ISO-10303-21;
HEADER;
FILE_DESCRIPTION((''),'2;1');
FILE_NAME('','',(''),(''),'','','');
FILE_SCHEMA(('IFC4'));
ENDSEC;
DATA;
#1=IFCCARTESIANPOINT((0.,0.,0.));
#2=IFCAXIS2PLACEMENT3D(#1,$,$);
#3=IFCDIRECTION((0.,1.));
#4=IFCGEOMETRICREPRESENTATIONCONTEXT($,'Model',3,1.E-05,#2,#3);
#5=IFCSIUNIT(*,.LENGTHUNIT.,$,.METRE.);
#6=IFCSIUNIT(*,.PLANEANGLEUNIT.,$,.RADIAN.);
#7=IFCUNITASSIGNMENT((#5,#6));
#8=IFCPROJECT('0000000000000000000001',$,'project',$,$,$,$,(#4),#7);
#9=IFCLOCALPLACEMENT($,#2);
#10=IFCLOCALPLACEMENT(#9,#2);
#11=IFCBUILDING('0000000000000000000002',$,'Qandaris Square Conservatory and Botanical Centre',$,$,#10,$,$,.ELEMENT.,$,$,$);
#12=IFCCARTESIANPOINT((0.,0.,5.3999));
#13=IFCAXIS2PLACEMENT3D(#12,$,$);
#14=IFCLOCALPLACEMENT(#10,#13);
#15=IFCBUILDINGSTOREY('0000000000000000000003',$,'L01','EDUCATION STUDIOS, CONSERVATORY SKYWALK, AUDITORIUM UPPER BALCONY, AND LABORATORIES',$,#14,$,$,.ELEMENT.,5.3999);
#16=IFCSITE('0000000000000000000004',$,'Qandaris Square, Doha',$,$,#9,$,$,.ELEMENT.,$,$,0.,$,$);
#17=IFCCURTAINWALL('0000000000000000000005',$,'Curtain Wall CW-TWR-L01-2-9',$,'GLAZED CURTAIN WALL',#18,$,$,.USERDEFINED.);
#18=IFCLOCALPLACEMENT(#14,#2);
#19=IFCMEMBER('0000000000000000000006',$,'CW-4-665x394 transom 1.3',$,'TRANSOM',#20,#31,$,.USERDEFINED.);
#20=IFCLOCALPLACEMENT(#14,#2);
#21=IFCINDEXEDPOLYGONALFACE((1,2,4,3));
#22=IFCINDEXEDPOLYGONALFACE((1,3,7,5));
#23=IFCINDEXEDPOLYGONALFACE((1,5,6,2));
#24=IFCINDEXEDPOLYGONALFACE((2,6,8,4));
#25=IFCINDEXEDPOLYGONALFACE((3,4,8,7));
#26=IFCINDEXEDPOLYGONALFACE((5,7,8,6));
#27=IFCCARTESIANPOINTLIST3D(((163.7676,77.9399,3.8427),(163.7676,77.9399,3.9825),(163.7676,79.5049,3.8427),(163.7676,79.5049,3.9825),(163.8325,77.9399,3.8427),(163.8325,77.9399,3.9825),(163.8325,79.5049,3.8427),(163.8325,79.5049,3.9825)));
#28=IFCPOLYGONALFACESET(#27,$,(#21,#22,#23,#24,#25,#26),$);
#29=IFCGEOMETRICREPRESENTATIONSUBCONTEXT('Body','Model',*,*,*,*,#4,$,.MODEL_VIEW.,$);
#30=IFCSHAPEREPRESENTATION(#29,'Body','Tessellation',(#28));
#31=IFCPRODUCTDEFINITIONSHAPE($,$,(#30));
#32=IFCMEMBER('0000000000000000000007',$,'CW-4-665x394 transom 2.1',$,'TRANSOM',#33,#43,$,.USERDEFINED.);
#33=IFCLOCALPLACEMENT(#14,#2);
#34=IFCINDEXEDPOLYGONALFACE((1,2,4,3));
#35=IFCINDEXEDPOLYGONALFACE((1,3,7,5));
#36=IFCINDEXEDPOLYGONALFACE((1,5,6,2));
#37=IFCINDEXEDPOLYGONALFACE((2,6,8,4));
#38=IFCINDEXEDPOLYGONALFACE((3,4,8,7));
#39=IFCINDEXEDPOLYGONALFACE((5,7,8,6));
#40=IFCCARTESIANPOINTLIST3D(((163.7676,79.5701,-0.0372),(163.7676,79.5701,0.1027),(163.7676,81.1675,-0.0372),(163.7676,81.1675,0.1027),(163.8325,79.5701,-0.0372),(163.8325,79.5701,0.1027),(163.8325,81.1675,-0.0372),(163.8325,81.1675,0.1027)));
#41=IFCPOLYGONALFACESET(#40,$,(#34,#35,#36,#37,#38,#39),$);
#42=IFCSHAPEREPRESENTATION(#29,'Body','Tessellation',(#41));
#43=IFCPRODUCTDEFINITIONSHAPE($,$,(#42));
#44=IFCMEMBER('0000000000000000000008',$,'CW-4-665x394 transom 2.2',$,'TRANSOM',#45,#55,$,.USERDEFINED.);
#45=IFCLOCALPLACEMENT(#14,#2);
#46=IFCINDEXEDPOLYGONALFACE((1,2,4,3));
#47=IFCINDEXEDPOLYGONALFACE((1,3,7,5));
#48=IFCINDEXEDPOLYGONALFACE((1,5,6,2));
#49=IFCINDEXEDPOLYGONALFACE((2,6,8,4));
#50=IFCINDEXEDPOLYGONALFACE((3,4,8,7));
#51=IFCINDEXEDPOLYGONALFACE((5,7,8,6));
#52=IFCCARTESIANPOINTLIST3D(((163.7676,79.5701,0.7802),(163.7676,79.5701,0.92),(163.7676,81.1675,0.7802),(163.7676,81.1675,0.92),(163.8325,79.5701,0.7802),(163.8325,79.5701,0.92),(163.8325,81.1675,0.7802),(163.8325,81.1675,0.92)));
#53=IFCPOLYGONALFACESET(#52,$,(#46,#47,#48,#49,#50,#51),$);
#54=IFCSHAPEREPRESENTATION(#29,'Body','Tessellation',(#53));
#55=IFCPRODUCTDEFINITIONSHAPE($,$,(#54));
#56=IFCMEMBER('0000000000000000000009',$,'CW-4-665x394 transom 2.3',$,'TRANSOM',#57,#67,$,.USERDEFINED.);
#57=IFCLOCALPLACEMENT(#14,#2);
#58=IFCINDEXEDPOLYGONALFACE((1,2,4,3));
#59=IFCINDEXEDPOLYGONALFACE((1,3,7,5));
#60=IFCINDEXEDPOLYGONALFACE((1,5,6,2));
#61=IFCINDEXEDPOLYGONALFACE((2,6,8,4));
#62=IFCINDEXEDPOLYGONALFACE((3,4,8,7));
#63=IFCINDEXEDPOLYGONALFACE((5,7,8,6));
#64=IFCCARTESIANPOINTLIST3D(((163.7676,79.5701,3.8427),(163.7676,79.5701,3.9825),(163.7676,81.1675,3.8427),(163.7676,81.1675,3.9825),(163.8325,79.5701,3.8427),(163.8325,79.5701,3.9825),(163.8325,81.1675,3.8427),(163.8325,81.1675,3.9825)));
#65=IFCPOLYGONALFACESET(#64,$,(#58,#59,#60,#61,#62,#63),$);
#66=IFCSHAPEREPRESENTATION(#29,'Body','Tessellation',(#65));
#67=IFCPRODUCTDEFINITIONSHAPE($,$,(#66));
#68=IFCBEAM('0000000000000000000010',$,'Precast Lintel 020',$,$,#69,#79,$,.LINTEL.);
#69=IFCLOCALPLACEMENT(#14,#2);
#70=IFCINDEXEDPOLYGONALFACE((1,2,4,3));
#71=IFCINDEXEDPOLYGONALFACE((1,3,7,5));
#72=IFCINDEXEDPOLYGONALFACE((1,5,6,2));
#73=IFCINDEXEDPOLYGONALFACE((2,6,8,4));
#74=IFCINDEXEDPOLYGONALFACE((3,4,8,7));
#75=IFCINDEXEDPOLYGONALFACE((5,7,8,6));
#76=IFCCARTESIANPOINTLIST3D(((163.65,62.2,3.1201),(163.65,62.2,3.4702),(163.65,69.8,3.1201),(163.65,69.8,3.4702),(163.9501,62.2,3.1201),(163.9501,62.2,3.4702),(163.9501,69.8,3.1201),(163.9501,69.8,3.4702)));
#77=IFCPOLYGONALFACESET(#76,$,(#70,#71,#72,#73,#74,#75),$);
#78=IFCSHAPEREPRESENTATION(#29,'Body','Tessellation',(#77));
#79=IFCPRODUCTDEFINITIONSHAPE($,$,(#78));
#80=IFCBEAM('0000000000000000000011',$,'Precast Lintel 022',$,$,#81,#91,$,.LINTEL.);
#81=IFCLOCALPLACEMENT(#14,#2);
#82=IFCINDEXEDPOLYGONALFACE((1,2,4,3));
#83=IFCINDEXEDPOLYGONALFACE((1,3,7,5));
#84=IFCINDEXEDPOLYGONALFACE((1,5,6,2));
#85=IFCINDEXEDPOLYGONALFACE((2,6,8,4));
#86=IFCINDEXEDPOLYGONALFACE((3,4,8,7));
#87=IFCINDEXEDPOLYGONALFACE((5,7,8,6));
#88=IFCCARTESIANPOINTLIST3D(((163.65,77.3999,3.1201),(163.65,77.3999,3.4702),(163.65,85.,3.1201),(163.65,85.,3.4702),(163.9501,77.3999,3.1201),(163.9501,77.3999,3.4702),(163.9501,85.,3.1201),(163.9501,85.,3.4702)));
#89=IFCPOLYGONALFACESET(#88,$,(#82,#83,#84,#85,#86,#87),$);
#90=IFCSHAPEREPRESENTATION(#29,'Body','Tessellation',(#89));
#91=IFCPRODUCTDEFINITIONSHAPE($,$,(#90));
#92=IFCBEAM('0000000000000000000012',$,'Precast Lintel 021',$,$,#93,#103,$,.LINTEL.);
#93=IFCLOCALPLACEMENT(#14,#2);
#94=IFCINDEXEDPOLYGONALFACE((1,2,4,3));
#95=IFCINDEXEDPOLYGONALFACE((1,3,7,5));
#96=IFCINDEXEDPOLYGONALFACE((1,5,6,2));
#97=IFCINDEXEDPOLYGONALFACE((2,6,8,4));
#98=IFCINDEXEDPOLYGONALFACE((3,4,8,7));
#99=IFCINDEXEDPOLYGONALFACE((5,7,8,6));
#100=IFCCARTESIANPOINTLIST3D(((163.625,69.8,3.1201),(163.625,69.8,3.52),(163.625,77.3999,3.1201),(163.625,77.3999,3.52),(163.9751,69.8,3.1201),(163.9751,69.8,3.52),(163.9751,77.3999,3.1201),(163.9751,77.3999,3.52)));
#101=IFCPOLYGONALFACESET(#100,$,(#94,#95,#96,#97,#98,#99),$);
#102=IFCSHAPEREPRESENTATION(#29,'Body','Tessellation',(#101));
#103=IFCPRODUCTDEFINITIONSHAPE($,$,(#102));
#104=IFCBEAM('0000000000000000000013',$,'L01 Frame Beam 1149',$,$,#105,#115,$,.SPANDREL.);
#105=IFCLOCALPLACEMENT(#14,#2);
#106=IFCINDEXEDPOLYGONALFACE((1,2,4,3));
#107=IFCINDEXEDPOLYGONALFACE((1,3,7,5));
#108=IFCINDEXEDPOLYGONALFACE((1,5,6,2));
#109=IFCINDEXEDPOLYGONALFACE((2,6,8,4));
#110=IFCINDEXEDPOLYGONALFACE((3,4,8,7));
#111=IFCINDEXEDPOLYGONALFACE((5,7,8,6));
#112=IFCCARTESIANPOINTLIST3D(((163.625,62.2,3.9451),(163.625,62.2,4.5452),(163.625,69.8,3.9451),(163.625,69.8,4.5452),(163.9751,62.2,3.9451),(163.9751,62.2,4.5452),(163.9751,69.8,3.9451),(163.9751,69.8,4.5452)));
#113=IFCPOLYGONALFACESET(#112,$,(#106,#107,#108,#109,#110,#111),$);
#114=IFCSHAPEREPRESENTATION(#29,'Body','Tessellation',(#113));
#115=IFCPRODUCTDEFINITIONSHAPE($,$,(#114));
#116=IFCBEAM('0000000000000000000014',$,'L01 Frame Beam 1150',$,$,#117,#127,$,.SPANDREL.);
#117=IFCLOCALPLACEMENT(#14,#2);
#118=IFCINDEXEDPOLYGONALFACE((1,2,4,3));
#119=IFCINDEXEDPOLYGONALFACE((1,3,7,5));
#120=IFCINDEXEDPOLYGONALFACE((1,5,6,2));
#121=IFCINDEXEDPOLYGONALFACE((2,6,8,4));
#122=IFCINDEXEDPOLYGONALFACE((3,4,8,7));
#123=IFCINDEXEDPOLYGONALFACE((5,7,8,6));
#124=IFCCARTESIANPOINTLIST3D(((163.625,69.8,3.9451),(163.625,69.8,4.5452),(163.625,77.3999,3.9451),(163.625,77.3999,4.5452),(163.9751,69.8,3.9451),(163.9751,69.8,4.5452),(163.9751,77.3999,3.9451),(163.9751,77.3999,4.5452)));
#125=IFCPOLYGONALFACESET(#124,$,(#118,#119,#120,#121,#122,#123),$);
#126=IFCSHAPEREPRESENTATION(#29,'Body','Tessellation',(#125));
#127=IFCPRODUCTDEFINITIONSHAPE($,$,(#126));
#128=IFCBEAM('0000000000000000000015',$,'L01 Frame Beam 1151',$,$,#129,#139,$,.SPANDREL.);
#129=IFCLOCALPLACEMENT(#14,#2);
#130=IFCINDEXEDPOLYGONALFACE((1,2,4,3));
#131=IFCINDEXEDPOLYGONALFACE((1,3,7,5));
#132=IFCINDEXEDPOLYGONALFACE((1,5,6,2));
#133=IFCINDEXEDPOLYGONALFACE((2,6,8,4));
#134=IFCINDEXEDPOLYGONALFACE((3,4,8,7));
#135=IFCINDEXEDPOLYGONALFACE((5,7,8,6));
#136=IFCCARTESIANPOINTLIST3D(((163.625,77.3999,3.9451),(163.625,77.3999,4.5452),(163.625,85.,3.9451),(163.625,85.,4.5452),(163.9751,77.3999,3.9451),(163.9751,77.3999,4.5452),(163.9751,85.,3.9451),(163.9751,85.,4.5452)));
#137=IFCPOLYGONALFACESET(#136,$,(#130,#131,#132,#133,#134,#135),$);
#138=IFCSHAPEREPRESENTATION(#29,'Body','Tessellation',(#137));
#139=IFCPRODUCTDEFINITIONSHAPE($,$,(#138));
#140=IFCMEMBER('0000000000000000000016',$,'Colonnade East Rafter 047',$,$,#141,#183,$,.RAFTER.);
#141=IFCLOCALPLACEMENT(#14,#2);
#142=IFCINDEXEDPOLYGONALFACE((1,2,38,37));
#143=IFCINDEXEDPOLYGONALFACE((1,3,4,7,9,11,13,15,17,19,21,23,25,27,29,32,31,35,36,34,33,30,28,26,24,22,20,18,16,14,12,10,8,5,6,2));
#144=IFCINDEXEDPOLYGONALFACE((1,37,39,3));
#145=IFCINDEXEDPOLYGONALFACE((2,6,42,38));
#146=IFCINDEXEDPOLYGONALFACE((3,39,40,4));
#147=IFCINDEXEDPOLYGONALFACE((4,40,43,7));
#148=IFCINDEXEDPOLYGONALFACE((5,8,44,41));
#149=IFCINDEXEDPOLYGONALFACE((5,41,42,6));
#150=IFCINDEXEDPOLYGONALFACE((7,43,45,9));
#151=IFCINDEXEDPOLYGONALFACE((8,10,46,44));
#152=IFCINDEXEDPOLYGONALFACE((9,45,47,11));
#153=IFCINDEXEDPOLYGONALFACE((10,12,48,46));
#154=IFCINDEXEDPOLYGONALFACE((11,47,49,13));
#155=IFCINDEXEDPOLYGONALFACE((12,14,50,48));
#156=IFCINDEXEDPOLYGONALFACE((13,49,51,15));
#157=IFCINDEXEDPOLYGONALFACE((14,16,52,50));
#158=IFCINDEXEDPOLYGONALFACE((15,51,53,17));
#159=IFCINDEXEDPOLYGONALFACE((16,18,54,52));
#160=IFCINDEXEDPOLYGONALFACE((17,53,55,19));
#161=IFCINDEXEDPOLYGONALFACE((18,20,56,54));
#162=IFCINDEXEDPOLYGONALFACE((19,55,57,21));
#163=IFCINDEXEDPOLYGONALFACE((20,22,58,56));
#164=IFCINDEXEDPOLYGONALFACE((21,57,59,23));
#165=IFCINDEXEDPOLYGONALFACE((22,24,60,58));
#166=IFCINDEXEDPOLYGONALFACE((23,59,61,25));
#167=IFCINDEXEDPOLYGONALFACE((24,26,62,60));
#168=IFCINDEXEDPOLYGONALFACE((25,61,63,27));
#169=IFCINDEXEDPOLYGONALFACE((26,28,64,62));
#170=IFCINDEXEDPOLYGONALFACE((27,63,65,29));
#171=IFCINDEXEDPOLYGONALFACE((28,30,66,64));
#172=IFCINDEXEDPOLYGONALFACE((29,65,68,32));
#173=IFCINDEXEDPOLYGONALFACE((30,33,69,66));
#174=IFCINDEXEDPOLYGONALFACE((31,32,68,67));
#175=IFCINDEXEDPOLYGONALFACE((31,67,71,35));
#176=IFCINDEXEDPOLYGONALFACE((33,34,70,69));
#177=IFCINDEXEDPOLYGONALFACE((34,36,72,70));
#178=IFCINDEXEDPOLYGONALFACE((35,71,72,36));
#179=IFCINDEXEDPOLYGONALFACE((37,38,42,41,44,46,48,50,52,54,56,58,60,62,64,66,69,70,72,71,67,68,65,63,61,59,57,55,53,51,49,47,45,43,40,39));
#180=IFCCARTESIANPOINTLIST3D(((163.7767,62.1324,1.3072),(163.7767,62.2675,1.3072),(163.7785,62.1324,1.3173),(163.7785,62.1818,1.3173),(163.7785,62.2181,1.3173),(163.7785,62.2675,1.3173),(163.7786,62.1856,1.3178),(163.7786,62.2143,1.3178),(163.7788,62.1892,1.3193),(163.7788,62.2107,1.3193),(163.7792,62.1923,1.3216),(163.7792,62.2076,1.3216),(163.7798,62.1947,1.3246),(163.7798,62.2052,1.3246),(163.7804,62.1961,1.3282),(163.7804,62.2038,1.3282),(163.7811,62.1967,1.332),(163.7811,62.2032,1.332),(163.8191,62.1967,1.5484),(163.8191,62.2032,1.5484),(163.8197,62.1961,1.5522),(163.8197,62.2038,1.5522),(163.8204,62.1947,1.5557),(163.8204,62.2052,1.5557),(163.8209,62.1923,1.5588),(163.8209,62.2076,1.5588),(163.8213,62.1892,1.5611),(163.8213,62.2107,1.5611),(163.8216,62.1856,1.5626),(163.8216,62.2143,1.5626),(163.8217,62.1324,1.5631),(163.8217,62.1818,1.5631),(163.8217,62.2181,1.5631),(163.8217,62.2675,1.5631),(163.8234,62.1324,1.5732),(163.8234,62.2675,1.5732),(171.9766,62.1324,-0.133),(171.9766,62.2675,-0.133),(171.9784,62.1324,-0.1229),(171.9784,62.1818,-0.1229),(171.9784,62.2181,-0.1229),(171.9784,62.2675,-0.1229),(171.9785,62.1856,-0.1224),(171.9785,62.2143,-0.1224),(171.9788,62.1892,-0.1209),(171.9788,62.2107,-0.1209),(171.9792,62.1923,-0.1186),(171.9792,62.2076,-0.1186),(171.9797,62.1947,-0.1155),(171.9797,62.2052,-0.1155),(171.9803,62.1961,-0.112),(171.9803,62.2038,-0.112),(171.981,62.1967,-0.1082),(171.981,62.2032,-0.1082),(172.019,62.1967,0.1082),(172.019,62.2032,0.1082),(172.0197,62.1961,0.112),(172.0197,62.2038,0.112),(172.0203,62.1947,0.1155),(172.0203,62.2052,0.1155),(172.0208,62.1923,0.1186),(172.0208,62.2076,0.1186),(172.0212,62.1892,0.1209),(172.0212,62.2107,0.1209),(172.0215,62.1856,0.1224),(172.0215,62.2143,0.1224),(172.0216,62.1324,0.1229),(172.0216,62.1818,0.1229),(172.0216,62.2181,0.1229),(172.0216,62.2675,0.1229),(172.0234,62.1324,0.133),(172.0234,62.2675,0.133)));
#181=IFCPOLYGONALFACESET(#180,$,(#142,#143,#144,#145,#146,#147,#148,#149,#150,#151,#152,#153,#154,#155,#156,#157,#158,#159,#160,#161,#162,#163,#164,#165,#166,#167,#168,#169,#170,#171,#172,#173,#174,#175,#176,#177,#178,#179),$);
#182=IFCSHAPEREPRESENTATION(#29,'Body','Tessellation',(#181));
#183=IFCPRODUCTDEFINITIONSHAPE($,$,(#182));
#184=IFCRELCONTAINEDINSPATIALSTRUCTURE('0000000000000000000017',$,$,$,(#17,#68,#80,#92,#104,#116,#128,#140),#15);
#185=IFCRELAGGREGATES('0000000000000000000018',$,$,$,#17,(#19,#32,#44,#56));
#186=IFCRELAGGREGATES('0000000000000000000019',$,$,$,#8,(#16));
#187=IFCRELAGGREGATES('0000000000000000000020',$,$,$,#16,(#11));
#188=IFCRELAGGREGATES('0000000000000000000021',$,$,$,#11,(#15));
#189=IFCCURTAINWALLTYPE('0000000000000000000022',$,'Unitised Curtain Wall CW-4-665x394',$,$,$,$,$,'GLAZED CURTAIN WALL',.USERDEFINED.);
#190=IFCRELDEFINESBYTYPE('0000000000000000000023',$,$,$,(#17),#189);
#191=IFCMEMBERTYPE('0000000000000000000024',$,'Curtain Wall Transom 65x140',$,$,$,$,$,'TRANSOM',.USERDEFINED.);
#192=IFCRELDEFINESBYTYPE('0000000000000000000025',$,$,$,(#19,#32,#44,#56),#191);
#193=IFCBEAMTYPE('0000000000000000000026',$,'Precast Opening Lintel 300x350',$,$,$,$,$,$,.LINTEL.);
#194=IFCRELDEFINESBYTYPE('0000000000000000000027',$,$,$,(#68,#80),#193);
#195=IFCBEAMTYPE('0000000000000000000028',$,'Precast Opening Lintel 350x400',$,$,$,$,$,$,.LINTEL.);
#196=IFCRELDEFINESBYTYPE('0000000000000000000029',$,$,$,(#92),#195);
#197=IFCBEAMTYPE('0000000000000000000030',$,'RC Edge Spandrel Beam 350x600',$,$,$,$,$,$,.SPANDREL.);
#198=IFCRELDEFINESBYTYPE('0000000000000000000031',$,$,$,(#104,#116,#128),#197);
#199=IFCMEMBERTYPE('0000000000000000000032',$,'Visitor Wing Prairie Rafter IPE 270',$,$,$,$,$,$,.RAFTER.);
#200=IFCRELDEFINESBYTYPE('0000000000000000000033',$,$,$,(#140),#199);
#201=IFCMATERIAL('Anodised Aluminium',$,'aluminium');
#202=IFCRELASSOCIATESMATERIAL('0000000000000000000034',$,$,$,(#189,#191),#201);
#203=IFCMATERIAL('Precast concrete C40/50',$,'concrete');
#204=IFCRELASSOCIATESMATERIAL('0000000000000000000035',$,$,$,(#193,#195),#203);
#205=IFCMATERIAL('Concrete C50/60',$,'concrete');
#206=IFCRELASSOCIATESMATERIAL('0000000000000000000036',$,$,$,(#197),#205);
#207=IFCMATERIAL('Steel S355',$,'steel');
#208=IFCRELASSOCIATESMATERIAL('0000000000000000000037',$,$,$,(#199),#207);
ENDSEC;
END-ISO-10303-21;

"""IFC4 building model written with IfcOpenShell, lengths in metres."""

from ifc_helpers import new_model, si_unit, direction, frame, origin, origin_2d, place, context, subcontext, project, spatial, rectangle, i_section, extrude, material, material_profile, profile_set, type_object, element, aggregate, save


model = new_model("IFC4")

# Units and contexts
model_context = context("Model", 3, precision=1e-05, world=origin(), true_north=direction((0.0, 1.0)))
body_context = subcontext(model_context, "Body", "Model", "MODEL_VIEW")
ifc_project = project(units=[si_unit("LENGTHUNIT", "METRE"), si_unit("PLANEANGLEUNIT", "RADIAN")], contexts=[model_context])

# Site, building, storey
site_placement = place(None, origin())
site = spatial("IfcSite", under=ifc_project, at=site_placement, Name="Qandaris Square, Doha", CompositionType="ELEMENT", RefElevation=0.0)
building_placement = place(site_placement, origin())
building = spatial("IfcBuilding", under=site, at=building_placement, Name="Qandaris Square Conservatory and Botanical Centre", CompositionType="ELEMENT")
storey_placement = place(building_placement, frame((0.0, 0.0, 5.3999)))
storey = spatial("IfcBuildingStorey", under=building, at=storey_placement, Name="L01", Description="EDUCATION STUDIOS, CONSERVATORY SKYWALK, AUDITORIUM UPPER BALCONY, AND LABORATORIES", CompositionType="ELEMENT", Elevation=5.3999)

# Shared definitions
ifc_material_1 = material(Name="Concrete C50/60", Category="concrete")

# Shared definitions
ifc_material_2 = material(Name="Steel S355", Category="steel")

# Curtain wall, members
ifc_material_3 = material(Name="Anodised Aluminium", Category="aluminium")
curtain_wall_type = type_object("IfcCurtainWallType", Name="Unitised Curtain Wall CW-4-665x394", ElementType="GLAZED CURTAIN WALL", PredefinedType="USERDEFINED", material=ifc_material_3)
curtain_wall_placement = place(storey_placement, origin())
curtain_wall = element("IfcCurtainWall", 1, at=curtain_wall_placement, inside=storey, type_object=curtain_wall_type, Name="Curtain Wall CW-TWR-L01-2-9", ObjectType="GLAZED CURTAIN WALL", PredefinedType="USERDEFINED")
ifc_material_profile_1 = material_profile(ifc_material_3, rectangle(XDim=0.0649, YDim=0.1399, at=origin_2d()), Name="ALU-TRN 65x140")
ifc_profile_set_1 = profile_set([ifc_material_profile_1], Name="Anodised Aluminium")
member_type_1 = type_object("IfcMemberType", Name="Curtain Wall Transom 65x140", ElementType="TRANSOM", PredefinedType="USERDEFINED", material=ifc_profile_set_1)
member_1_placement = place(storey_placement, frame((163.8, 77.9399, 3.9126), z_axis=(0.0, 1.0, 0.0), x_axis=(-1.0, 0.0, 0.0)))
member_1 = element("IfcMember", 2, at=member_1_placement, type_object=member_type_1, Name="CW-4-665x394 transom 1.3", ObjectType="TRANSOM", PredefinedType="USERDEFINED", context=body_context, shape_type="SweptSolid", body=[
    extrude(rectangle(XDim=0.0649, YDim=0.1399, at=origin_2d()), origin(), (0.0, 0.0, 1.0), 1.5649),
])
member_2_placement = place(storey_placement, frame((163.8, 79.5701, 0.0327), z_axis=(0.0, 1.0, 0.0), x_axis=(-1.0, 0.0, 0.0)))
member_2 = element("IfcMember", 3, at=member_2_placement, type_object=member_type_1, Name="CW-4-665x394 transom 2.1", ObjectType="TRANSOM", PredefinedType="USERDEFINED", context=body_context, shape_type="SweptSolid", body=[
    extrude(rectangle(XDim=0.0649, YDim=0.1399, at=origin_2d()), origin(), (0.0, 0.0, 1.0), 1.5974),
])
member_3_placement = place(storey_placement, frame((163.8, 79.5701, 0.8501), z_axis=(0.0, 1.0, 0.0), x_axis=(-1.0, 0.0, 0.0)))
member_3 = element("IfcMember", 4, at=member_3_placement, type_object=member_type_1, Name="CW-4-665x394 transom 2.2", ObjectType="TRANSOM", PredefinedType="USERDEFINED", context=body_context, shape_type="SweptSolid", body=[
    extrude(rectangle(XDim=0.0649, YDim=0.1399, at=origin_2d()), origin(), (0.0, 0.0, 1.0), 1.5974),
])
member_4_placement = place(storey_placement, frame((163.8, 79.5701, 3.9126), z_axis=(0.0, 1.0, 0.0), x_axis=(-1.0, 0.0, 0.0)))
member_4 = element("IfcMember", 5, at=member_4_placement, type_object=member_type_1, Name="CW-4-665x394 transom 2.3", ObjectType="TRANSOM", PredefinedType="USERDEFINED", context=body_context, shape_type="SweptSolid", body=[
    extrude(rectangle(XDim=0.0649, YDim=0.1399, at=origin_2d()), origin(), (0.0, 0.0, 1.0), 1.5974),
])

# Beams
ifc_material_4 = material(Name="Precast concrete C40/50", Category="concrete")
ifc_material_profile_2 = material_profile(ifc_material_4, rectangle(XDim=0.3, YDim=0.3501, at=origin_2d()), Name="RC-LN 300x350")
ifc_profile_set_2 = profile_set([ifc_material_profile_2], Name="Precast concrete C40/50")
beam_type_1 = type_object("IfcBeamType", Name="Precast Opening Lintel 300x350", PredefinedType="LINTEL", material=ifc_profile_set_2)
for number, where, z_axis, x_axis, name in (
    (6, (163.8, 62.2, 3.2952), (0.0, 1.0, 0.0), (-1.0, 0.0, 0.0), "Precast Lintel 020"),
    (7, (163.8, 77.3999, 3.2952), (0.0, 1.0, 0.0), (-1.0, 0.0, 0.0), "Precast Lintel 022"),
):
    element("IfcBeam", number, at=place(storey_placement, frame(where, z_axis=z_axis, x_axis=x_axis)), inside=storey, type_object=beam_type_1, Name=name, PredefinedType="LINTEL", context=body_context, shape_type="SweptSolid", body=[
        extrude(rectangle(XDim=0.3, YDim=0.3501, at=origin_2d()), origin(), (0.0, 0.0, 1.0), 7.6001),
    ])
ifc_material_profile_3 = material_profile(ifc_material_4, rectangle(XDim=0.3501, YDim=0.3999, at=origin_2d()), Name="RC-LN 350x400")
ifc_profile_set_3 = profile_set([ifc_material_profile_3], Name="Precast concrete C40/50")
beam_type_2 = type_object("IfcBeamType", Name="Precast Opening Lintel 350x400", PredefinedType="LINTEL", material=ifc_profile_set_3)
beam_1_placement = place(storey_placement, frame((163.8, 69.8, 3.3201), z_axis=(0.0, 1.0, 0.0), x_axis=(-1.0, 0.0, 0.0)))
element("IfcBeam", 8, at=beam_1_placement, inside=storey, type_object=beam_type_2, Name="Precast Lintel 021", PredefinedType="LINTEL", context=body_context, shape_type="SweptSolid", body=[
    extrude(rectangle(XDim=0.3501, YDim=0.3999, at=origin_2d()), origin(), (0.0, 0.0, 1.0), 7.5999),
])
ifc_material_profile_4 = material_profile(ifc_material_1, rectangle(XDim=0.3501, YDim=0.6001, at=origin_2d()), Name="RC-SP 350x600")
ifc_profile_set_4 = profile_set([ifc_material_profile_4], Name="Concrete C50/60")
beam_type_3 = type_object("IfcBeamType", Name="RC Edge Spandrel Beam 350x600", PredefinedType="SPANDREL", material=ifc_profile_set_4)
beam_2_placement = place(storey_placement, frame((163.8, 62.2, 4.2451), z_axis=(0.0, 1.0, 0.0), x_axis=(-1.0, 0.0, 0.0)))
element("IfcBeam", 9, at=beam_2_placement, inside=storey, type_object=beam_type_3, Name="L01 Frame Beam 1149", PredefinedType="SPANDREL", context=body_context, shape_type="SweptSolid", body=[
    extrude(rectangle(XDim=0.3501, YDim=0.6001, at=origin_2d()), origin(), (0.0, 0.0, 1.0), 7.6001),
])
beam_3_placement = place(storey_placement, frame((163.8, 69.8, 4.2451), z_axis=(0.0, 1.0, 0.0), x_axis=(-1.0, 0.0, 0.0)))
element("IfcBeam", 10, at=beam_3_placement, inside=storey, type_object=beam_type_3, Name="L01 Frame Beam 1150", PredefinedType="SPANDREL", context=body_context, shape_type="SweptSolid", body=[
    extrude(rectangle(XDim=0.3501, YDim=0.6001, at=origin_2d()), origin(), (0.0, 0.0, 1.0), 7.5999),
])
beam_4_placement = place(storey_placement, frame((163.8, 77.3999, 4.2451), z_axis=(0.0, 1.0, 0.0), x_axis=(-1.0, 0.0, 0.0)))
element("IfcBeam", 11, at=beam_4_placement, inside=storey, type_object=beam_type_3, Name="L01 Frame Beam 1151", PredefinedType="SPANDREL", context=body_context, shape_type="SweptSolid", body=[
    extrude(rectangle(XDim=0.3501, YDim=0.6001, at=origin_2d()), origin(), (0.0, 0.0, 1.0), 7.6001),
])

# Member
ifc_material_profile_5 = material_profile(ifc_material_2, i_section(OverallWidth=0.135, OverallDepth=0.27, WebThickness=0.0066, FlangeThickness=0.0103, FilletRadius=0.0149, at=origin_2d()), Name="IPE 270")
ifc_profile_set_5 = profile_set([ifc_material_profile_5], Name="Steel S355")
member_type_2 = type_object("IfcMemberType", Name="Visitor Wing Prairie Rafter IPE 270", PredefinedType="RAFTER", material=ifc_profile_set_5)
for number, where, z_axis, x_axis, name in (
    (12, (172.0, 62.2, 0.0), (-0.984924, 0.0, 0.172986), (0.0, -1.0, 0.0), "Colonnade East Rafter 047"),
):
    element("IfcMember", number, at=place(storey_placement, frame(where, z_axis=z_axis, x_axis=x_axis)), inside=storey, type_object=member_type_2, Name=name, PredefinedType="RAFTER", context=body_context, shape_type="SweptSolid", body=[
        extrude(i_section(OverallWidth=0.135, OverallDepth=0.27, WebThickness=0.0066, FlangeThickness=0.0103, FilletRadius=0.0149, at=origin_2d()), origin(), (0.0, 0.0, 1.0), 8.3254),
    ])

aggregate(curtain_wall, [member_1, member_2, member_3, member_4])

save(model, "model.ifc")
